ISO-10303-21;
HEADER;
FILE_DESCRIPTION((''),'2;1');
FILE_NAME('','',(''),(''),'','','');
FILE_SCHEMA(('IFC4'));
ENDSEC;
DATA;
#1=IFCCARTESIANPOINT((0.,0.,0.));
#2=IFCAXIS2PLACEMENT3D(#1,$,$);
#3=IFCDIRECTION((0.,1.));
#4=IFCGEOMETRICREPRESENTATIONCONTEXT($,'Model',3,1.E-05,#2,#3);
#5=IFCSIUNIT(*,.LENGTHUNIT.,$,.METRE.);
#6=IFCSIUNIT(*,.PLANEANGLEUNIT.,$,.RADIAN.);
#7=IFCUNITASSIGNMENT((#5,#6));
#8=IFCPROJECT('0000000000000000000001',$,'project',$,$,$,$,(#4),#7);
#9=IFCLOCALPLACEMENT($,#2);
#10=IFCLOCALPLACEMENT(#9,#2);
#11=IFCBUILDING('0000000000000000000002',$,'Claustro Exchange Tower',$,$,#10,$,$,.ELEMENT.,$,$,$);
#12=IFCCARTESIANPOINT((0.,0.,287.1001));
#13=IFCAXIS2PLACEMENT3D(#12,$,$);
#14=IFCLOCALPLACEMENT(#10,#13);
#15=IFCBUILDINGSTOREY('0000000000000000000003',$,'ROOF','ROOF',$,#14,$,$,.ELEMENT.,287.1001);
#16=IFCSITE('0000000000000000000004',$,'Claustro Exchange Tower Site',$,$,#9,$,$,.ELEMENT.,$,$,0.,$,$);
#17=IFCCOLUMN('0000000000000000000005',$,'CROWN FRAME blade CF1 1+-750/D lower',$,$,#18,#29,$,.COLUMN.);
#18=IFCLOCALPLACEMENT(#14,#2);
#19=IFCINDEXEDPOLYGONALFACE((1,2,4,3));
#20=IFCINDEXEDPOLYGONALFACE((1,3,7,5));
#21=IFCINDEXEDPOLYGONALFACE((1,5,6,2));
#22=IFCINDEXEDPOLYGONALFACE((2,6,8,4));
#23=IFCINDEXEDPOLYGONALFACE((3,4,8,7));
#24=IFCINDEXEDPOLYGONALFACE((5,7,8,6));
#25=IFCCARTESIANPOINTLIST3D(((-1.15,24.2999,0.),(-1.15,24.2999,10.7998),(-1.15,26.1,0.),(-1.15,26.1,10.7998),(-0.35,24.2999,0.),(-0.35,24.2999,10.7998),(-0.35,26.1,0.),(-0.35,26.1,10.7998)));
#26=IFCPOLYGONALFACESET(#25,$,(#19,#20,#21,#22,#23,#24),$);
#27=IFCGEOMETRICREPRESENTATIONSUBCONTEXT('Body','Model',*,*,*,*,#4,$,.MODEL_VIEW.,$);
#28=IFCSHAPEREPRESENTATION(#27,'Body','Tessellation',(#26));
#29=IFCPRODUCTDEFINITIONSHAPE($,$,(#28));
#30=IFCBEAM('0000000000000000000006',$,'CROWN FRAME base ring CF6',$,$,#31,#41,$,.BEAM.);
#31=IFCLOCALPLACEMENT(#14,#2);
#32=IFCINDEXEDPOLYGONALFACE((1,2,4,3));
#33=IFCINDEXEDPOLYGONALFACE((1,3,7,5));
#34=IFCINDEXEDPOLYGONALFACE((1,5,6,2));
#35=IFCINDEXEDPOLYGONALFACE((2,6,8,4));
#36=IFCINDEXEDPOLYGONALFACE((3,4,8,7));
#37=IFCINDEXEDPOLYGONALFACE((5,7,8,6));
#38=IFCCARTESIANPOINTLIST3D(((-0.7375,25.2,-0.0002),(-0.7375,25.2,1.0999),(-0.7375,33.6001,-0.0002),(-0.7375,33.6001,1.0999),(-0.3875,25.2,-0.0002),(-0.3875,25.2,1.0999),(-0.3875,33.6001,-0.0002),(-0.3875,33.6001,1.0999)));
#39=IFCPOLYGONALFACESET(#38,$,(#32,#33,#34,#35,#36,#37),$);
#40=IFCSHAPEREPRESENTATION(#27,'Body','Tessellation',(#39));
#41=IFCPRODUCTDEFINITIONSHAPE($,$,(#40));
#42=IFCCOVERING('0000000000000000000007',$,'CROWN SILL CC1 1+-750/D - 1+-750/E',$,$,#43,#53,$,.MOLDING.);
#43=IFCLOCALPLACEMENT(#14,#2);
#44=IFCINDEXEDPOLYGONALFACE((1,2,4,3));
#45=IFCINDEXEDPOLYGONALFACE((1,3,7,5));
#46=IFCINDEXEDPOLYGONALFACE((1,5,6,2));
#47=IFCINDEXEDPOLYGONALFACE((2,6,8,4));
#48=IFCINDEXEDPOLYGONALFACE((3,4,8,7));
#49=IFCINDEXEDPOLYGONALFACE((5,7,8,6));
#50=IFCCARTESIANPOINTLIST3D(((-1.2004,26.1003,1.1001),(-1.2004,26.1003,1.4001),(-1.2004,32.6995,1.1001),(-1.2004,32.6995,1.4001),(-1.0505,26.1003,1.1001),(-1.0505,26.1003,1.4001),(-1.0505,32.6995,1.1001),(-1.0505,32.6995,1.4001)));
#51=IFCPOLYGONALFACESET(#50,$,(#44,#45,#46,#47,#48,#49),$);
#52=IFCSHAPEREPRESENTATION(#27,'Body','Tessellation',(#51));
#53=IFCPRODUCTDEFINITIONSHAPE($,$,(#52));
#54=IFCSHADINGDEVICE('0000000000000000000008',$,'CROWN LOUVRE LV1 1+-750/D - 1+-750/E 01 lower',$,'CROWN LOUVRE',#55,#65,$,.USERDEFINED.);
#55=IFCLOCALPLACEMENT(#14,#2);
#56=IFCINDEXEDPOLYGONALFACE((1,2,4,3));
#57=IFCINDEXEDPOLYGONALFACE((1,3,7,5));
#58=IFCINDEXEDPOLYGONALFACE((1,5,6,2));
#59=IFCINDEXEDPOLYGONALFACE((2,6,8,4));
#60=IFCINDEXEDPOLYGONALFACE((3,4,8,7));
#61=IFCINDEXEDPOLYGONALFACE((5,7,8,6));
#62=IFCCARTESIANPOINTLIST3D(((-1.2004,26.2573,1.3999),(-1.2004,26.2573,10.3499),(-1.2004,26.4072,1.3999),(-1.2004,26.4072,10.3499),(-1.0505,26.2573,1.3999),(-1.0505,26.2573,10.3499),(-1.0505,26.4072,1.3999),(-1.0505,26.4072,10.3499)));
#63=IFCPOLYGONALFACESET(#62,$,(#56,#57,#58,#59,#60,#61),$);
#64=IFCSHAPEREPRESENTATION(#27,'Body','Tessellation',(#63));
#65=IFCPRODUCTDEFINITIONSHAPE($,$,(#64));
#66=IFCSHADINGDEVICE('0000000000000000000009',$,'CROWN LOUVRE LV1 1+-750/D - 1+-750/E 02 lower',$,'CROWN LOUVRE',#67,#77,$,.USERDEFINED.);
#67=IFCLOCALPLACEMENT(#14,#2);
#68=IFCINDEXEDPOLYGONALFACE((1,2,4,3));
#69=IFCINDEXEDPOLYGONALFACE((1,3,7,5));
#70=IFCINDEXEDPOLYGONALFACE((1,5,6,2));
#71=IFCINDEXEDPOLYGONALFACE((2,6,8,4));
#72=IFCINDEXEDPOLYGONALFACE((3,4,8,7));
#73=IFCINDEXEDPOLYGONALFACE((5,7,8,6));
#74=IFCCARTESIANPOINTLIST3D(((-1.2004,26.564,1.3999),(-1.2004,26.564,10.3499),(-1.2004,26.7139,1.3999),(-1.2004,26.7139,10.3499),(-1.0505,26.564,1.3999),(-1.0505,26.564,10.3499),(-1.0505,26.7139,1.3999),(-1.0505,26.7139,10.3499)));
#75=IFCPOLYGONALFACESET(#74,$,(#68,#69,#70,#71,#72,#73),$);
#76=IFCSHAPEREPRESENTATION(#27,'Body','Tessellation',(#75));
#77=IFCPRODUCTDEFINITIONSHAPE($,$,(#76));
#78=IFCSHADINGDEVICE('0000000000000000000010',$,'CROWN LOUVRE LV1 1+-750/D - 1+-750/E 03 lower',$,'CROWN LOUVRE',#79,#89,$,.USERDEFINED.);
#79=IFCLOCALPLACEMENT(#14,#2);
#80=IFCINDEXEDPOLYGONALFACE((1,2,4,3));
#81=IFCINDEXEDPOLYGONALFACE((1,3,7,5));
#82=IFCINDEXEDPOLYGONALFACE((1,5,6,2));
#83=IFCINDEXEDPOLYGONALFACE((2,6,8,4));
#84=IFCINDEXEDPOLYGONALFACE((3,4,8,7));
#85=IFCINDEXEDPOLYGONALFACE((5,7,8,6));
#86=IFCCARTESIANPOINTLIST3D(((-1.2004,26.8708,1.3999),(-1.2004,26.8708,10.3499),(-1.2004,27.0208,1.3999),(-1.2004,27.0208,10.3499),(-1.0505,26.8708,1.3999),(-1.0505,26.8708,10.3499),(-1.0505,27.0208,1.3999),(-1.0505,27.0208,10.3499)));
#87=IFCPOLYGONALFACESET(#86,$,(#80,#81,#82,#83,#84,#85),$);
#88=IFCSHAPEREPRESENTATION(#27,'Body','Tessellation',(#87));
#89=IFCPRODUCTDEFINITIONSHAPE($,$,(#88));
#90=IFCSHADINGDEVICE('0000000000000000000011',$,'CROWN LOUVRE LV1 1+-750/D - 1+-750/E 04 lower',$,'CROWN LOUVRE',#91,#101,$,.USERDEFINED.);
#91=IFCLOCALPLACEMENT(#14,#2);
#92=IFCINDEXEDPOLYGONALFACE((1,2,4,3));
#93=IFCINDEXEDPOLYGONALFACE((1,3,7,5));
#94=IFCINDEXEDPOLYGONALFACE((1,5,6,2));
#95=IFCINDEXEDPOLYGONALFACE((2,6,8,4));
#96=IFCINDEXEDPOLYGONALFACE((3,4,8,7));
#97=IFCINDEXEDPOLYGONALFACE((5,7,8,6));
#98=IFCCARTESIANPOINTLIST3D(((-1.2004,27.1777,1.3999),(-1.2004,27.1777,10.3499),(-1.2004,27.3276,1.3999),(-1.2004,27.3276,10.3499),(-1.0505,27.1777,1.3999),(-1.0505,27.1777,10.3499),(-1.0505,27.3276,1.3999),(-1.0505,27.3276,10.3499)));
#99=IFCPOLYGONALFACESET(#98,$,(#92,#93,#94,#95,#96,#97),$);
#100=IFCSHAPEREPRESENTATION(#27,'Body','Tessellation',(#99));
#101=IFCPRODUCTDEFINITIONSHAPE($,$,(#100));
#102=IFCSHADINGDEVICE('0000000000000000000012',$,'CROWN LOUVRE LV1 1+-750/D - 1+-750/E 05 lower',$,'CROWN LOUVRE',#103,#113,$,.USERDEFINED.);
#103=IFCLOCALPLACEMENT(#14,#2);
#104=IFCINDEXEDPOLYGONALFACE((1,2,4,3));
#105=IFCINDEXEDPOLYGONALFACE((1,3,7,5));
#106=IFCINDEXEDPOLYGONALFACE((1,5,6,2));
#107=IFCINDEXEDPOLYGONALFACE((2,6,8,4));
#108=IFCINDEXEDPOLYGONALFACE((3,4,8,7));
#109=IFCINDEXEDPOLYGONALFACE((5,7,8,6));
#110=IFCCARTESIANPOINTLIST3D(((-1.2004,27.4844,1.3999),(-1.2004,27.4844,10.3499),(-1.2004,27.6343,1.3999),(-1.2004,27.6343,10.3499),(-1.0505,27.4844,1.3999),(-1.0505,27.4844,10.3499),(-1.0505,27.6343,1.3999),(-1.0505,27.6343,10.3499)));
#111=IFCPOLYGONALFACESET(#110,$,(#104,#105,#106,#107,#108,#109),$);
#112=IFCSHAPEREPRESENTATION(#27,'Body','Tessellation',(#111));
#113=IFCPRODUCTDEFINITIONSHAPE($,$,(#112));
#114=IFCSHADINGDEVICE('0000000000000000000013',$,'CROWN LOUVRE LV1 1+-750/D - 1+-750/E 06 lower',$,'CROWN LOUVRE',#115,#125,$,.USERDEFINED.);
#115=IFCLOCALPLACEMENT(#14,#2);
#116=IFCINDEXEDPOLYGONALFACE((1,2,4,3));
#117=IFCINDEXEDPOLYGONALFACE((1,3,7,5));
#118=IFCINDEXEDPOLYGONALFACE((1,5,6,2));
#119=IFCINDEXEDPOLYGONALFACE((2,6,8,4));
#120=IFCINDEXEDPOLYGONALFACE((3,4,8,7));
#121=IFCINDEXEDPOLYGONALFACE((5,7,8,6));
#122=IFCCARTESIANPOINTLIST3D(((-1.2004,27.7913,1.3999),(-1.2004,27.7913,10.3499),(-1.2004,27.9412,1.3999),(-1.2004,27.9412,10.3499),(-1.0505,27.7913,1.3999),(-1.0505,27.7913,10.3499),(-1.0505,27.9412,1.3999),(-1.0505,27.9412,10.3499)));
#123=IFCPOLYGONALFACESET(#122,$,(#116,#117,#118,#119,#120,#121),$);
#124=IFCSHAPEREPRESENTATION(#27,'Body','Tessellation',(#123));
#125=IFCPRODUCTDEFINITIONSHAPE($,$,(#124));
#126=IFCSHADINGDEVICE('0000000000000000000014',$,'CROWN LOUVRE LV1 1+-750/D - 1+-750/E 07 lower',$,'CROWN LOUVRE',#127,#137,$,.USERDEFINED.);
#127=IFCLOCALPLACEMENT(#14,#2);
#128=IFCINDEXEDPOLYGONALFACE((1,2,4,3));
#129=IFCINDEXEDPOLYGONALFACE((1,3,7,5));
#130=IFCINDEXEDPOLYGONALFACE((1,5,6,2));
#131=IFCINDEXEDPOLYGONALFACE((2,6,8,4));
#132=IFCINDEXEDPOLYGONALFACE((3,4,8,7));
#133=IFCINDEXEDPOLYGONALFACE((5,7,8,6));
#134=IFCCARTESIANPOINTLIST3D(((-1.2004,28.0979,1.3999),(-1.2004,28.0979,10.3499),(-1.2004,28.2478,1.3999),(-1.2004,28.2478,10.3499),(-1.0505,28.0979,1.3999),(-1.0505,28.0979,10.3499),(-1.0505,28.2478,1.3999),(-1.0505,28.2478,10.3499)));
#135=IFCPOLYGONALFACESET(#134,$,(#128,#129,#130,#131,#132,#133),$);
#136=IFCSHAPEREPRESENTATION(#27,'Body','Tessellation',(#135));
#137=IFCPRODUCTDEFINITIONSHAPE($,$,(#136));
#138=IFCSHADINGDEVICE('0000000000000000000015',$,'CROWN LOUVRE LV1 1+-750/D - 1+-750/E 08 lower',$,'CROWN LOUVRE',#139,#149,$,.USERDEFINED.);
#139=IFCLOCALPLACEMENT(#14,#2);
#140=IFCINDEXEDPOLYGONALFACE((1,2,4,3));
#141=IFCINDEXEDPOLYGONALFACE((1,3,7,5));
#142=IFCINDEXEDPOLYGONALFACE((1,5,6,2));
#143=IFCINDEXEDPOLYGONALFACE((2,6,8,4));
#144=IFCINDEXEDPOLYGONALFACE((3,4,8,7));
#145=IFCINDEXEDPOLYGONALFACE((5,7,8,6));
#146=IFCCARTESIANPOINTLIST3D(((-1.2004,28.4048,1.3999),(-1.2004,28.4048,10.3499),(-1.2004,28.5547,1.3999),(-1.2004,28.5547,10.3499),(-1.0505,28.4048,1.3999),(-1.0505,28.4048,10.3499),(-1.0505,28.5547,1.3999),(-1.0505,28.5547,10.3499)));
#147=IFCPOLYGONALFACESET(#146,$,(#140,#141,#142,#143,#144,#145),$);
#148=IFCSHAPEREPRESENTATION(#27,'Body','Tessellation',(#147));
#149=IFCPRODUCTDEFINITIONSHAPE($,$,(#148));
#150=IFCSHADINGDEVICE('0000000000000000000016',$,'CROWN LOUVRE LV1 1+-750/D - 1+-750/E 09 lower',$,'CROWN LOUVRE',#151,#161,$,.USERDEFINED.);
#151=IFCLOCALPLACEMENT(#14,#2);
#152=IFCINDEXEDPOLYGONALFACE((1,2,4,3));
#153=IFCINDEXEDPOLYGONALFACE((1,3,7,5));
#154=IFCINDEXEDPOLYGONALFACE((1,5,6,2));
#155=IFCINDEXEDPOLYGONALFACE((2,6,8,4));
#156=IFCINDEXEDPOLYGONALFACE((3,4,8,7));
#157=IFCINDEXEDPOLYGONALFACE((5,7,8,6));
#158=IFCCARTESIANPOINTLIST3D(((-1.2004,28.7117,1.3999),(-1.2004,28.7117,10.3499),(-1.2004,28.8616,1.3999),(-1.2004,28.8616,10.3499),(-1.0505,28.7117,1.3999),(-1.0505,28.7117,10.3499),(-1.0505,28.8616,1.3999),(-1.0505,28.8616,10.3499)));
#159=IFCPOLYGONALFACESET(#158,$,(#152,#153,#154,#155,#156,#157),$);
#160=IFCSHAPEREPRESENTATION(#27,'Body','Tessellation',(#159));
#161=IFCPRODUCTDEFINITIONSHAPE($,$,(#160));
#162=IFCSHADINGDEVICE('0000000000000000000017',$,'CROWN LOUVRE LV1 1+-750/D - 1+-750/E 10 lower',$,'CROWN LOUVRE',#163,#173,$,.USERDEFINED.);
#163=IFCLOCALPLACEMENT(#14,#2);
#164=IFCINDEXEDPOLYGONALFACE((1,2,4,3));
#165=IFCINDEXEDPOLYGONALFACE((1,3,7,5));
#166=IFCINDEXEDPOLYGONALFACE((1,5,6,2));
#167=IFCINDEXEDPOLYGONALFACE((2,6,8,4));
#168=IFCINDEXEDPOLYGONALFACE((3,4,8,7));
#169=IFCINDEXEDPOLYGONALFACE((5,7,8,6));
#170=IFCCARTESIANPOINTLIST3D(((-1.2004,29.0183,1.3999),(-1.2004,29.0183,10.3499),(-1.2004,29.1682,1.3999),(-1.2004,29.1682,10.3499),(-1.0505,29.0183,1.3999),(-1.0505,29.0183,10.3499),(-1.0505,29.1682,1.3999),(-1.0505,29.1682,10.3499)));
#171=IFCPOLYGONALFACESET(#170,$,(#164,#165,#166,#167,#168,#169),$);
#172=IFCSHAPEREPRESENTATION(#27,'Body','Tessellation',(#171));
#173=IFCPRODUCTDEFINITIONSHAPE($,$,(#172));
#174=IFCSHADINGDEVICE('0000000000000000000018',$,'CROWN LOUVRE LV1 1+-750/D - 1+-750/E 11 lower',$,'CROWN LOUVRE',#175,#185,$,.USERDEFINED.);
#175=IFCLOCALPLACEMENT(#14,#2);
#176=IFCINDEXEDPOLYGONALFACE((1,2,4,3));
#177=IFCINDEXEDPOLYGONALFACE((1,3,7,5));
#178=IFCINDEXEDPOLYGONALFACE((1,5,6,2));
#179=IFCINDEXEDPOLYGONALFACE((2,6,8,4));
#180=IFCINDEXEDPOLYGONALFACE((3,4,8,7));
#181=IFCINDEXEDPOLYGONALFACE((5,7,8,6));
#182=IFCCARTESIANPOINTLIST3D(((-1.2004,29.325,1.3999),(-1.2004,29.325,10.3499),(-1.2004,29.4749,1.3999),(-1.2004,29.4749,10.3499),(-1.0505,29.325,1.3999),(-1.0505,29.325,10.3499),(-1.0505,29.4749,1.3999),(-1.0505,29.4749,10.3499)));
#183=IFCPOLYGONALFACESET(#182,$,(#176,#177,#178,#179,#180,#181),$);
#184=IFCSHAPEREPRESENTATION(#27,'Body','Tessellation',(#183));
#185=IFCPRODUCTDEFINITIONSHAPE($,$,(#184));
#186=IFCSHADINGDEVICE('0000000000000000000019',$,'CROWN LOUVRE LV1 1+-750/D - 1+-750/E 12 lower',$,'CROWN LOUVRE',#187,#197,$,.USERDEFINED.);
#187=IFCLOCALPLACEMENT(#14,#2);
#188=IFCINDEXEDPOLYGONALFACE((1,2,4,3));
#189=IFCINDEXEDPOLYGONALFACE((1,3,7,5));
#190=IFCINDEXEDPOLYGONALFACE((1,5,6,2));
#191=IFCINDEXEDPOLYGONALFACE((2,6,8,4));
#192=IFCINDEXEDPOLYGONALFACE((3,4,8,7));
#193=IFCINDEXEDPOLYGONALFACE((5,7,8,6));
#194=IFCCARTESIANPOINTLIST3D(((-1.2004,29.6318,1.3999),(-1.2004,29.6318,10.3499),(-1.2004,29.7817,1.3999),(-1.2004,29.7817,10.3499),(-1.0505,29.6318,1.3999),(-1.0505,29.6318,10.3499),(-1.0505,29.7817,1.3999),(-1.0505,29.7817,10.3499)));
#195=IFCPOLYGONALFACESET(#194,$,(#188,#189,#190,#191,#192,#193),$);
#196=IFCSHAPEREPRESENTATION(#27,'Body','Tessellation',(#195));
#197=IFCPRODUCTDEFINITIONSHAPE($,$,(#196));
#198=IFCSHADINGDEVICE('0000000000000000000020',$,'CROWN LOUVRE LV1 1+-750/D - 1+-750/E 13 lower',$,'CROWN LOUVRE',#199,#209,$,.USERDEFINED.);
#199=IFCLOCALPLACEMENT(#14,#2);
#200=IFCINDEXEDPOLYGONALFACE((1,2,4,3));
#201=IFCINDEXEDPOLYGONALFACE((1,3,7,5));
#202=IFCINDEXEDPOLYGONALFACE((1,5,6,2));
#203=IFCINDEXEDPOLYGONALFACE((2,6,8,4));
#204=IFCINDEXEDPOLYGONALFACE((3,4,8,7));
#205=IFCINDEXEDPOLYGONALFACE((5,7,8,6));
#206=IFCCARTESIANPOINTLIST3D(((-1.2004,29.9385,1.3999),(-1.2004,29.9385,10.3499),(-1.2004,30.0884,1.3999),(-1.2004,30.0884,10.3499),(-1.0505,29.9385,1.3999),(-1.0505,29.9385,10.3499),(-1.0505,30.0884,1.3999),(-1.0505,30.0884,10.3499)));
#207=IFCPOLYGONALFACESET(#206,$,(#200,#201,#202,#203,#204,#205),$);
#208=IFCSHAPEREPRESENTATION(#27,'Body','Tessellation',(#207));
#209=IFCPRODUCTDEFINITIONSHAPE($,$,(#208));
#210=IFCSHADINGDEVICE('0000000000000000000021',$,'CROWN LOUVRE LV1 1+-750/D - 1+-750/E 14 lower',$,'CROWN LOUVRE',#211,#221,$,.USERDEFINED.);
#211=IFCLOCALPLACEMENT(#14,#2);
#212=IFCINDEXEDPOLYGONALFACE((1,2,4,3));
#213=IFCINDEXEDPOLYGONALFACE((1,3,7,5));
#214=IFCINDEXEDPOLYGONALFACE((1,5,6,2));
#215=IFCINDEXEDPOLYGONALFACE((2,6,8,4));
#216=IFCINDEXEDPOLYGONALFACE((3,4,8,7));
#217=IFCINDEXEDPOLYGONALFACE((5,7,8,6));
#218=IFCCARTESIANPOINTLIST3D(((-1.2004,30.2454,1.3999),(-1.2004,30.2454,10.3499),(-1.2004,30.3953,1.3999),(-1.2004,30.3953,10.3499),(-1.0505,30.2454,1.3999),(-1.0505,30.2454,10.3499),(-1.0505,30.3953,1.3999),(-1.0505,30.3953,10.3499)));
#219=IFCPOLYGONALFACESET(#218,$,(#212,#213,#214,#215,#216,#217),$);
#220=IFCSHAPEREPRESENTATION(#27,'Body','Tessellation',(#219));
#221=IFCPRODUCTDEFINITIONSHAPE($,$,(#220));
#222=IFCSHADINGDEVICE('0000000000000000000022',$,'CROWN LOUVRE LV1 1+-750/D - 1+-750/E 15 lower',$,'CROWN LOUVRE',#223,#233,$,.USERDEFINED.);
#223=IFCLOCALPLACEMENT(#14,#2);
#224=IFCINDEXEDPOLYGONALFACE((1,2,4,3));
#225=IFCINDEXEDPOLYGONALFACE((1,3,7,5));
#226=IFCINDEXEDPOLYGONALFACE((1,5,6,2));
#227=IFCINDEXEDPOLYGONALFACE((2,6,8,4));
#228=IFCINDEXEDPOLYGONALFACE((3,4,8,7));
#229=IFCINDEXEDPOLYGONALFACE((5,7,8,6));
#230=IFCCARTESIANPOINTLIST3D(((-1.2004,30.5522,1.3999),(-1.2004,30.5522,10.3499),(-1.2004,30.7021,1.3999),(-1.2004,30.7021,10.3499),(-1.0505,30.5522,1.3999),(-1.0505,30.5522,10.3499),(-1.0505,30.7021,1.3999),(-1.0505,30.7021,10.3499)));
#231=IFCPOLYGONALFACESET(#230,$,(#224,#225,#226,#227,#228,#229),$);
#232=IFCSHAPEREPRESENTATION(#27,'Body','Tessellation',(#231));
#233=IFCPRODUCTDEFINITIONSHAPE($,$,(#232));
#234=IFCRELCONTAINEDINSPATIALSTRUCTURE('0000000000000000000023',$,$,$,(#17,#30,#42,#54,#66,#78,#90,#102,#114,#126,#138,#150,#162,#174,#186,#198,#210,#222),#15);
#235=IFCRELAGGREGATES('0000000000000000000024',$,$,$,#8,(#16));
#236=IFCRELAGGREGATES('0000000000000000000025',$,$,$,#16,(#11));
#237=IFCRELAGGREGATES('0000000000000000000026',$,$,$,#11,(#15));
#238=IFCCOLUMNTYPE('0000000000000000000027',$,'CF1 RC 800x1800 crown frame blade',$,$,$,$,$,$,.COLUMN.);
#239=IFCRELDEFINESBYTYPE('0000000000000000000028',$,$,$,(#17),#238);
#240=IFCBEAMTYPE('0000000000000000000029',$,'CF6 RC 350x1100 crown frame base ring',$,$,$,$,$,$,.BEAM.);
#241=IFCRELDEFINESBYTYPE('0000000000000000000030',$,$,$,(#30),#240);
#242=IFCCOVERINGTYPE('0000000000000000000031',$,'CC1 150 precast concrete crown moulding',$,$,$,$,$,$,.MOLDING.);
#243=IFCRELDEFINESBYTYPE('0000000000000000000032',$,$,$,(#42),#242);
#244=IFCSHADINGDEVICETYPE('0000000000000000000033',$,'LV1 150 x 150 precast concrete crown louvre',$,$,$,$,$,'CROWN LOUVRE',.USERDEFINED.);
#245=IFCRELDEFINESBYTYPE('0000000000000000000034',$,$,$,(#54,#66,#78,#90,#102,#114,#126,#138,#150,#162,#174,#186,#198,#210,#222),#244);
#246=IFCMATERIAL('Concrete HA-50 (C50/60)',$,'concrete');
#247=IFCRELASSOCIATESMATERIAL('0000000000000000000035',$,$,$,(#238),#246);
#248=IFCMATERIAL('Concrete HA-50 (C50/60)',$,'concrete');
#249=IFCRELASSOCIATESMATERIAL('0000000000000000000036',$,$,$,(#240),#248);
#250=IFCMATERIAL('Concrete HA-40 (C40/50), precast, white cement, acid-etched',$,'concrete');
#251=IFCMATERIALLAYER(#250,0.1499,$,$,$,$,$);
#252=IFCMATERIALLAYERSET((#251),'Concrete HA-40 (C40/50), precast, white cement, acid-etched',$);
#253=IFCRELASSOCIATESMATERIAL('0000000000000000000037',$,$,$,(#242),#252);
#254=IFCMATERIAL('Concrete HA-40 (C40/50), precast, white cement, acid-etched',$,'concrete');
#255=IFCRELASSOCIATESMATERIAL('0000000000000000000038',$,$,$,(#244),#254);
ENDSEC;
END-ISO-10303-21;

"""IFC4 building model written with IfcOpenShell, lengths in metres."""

from ifc_helpers import new_model, si_unit, direction, frame, origin, origin_2d, place, context, subcontext, project, spatial, rectangle, extrude, material, layer, layer_set, material_profile, profile_set, type_object, element, save


model = new_model("IFC4")

# Units and contexts
model_context = context("Model", 3, precision=1e-05, world=origin(), true_north=direction((0.0, 1.0)))
body_context = subcontext(model_context, "Body", "Model", "MODEL_VIEW")
ifc_project = project(units=[si_unit("LENGTHUNIT", "METRE"), si_unit("PLANEANGLEUNIT", "RADIAN")], contexts=[model_context])

# Site, building, storey
site_placement = place(None, origin())
site = spatial("IfcSite", under=ifc_project, at=site_placement, Name="Claustro Exchange Tower Site", CompositionType="ELEMENT", RefElevation=0.0)
building_placement = place(site_placement, origin())
building = spatial("IfcBuilding", under=site, at=building_placement, Name="Claustro Exchange Tower", CompositionType="ELEMENT")
storey_placement = place(building_placement, frame((0.0, 0.0, 287.1001)))
storey = spatial("IfcBuildingStorey", under=building, at=storey_placement, Name="ROOF", Description="ROOF", CompositionType="ELEMENT", Elevation=287.1001)

# Column
ifc_material_1 = material(Name="Concrete HA-50 (C50/60)", Category="concrete")
ifc_material_profile_1 = material_profile(ifc_material_1, rectangle(XDim=0.8, YDim=1.8, at=origin_2d()), Name="RC 800x1800")
ifc_profile_set_1 = profile_set([ifc_material_profile_1], Name="Concrete HA-50 (C50/60)")
column_type = type_object("IfcColumnType", Name="CF1 RC 800x1800 crown frame blade", PredefinedType="COLUMN", material=ifc_profile_set_1)
column_placement = place(storey_placement, frame((-0.75, 25.2, 0.0), z_axis=(0.0, 0.0, 1.0), x_axis=(1.0, 0.0, 0.0)))
element("IfcColumn", 1, at=column_placement, inside=storey, type_object=column_type, Name="CROWN FRAME blade CF1 1+-750/D lower", PredefinedType="COLUMN", context=body_context, shape_type="SweptSolid", body=[
    extrude(rectangle(XDim=0.8, YDim=1.8, at=origin_2d()), origin(), (0.0, 0.0, 1.0), 10.7998),
])

# Beam
ifc_material_2 = material(Name="Concrete HA-50 (C50/60)", Category="concrete")
ifc_material_profile_2 = material_profile(ifc_material_2, rectangle(XDim=0.3501, YDim=1.1001, at=origin_2d()), Name="RC 350x1100")
ifc_profile_set_2 = profile_set([ifc_material_profile_2], Name="Concrete HA-50 (C50/60)")
beam_type = type_object("IfcBeamType", Name="CF6 RC 350x1100 crown frame base ring", PredefinedType="BEAM", material=ifc_profile_set_2)
beam_placement = place(storey_placement, frame((-0.5625, 25.2, 0.5498), z_axis=(0.0, 1.0, 0.0), x_axis=(-1.0, 0.0, 0.0)))
element("IfcBeam", 2, at=beam_placement, inside=storey, type_object=beam_type, Name="CROWN FRAME base ring CF6", PredefinedType="BEAM", context=body_context, shape_type="SweptSolid", body=[
    extrude(rectangle(XDim=0.3501, YDim=1.1001, at=origin_2d()), origin(), (0.0, 0.0, 1.0), 8.4001),
])

# Covering
ifc_material_3 = material(Name="Concrete HA-40 (C40/50), precast, white cement, acid-etched", Category="concrete")
ifc_layer_1 = layer(ifc_material_3, 0.1499)
ifc_layer_set_1 = layer_set([ifc_layer_1], Name="Concrete HA-40 (C40/50), precast, white cement, acid-etched")
covering_type = type_object("IfcCoveringType", Name="CC1 150 precast concrete crown moulding", PredefinedType="MOLDING", material=ifc_layer_set_1)
covering_placement = place(storey_placement, frame((-1.1255, 29.3999, 1.1001), z_axis=(0.0, 0.0, 1.0), x_axis=(0.0, 1.0, 0.0)))
element("IfcCovering", 3, at=covering_placement, inside=storey, type_object=covering_type, Name="CROWN SILL CC1 1+-750/D - 1+-750/E", PredefinedType="MOLDING", context=body_context, shape_type="SweptSolid", body=[
    extrude(rectangle(XDim=6.5991, YDim=0.1499, at=origin_2d()), origin(), (0.0, 0.0, 1.0), 0.3),
])

# Shading devices
ifc_material_4 = material(Name="Concrete HA-40 (C40/50), precast, white cement, acid-etched", Category="concrete")
shading_device_type = type_object("IfcShadingDeviceType", Name="LV1 150 x 150 precast concrete crown louvre", ElementType="CROWN LOUVRE", PredefinedType="USERDEFINED", material=ifc_material_4)
for number, where, z_axis, x_axis, name in (
    (4, (-1.1255, 26.3323, 1.3999), (0.0, 0.0, 1.0), (0.0, 1.0, 0.0), "CROWN LOUVRE LV1 1+-750/D - 1+-750/E 01 lower"),
    (5, (-1.1255, 26.6389, 1.3999), (0.0, 0.0, 1.0), (0.0, 1.0, 0.0), "CROWN LOUVRE LV1 1+-750/D - 1+-750/E 02 lower"),
    (6, (-1.1255, 26.9458, 1.3999), (0.0, 0.0, 1.0), (0.0, 1.0, 0.0), "CROWN LOUVRE LV1 1+-750/D - 1+-750/E 03 lower"),
    (7, (-1.1255, 27.2527, 1.3999), (0.0, 0.0, 1.0), (0.0, 1.0, 0.0), "CROWN LOUVRE LV1 1+-750/D - 1+-750/E 04 lower"),
    (8, (-1.1255, 27.5593, 1.3999), (0.0, 0.0, 1.0), (0.0, 1.0, 0.0), "CROWN LOUVRE LV1 1+-750/D - 1+-750/E 05 lower"),
    (9, (-1.1255, 27.8662, 1.3999), (0.0, 0.0, 1.0), (0.0, 1.0, 0.0), "CROWN LOUVRE LV1 1+-750/D - 1+-750/E 06 lower"),
    (10, (-1.1255, 28.1729, 1.3999), (0.0, 0.0, 1.0), (0.0, 1.0, 0.0), "CROWN LOUVRE LV1 1+-750/D - 1+-750/E 07 lower"),
    (11, (-1.1255, 28.4797, 1.3999), (0.0, 0.0, 1.0), (0.0, 1.0, 0.0), "CROWN LOUVRE LV1 1+-750/D - 1+-750/E 08 lower"),
    (12, (-1.1255, 28.7866, 1.3999), (0.0, 0.0, 1.0), (0.0, 1.0, 0.0), "CROWN LOUVRE LV1 1+-750/D - 1+-750/E 09 lower"),
    (13, (-1.1255, 29.0933, 1.3999), (0.0, 0.0, 1.0), (0.0, 1.0, 0.0), "CROWN LOUVRE LV1 1+-750/D - 1+-750/E 10 lower"),
    (14, (-1.1255, 29.3999, 1.3999), (0.0, 0.0, 1.0), (0.0, 1.0, 0.0), "CROWN LOUVRE LV1 1+-750/D - 1+-750/E 11 lower"),
    (15, (-1.1255, 29.7068, 1.3999), (0.0, 0.0, 1.0), (0.0, 1.0, 0.0), "CROWN LOUVRE LV1 1+-750/D - 1+-750/E 12 lower"),
    (16, (-1.1255, 30.0134, 1.3999), (0.0, 0.0, 1.0), (0.0, 1.0, 0.0), "CROWN LOUVRE LV1 1+-750/D - 1+-750/E 13 lower"),
    (17, (-1.1255, 30.3203, 1.3999), (0.0, 0.0, 1.0), (0.0, 1.0, 0.0), "CROWN LOUVRE LV1 1+-750/D - 1+-750/E 14 lower"),
    (18, (-1.1255, 30.6272, 1.3999), (0.0, 0.0, 1.0), (0.0, 1.0, 0.0), "CROWN LOUVRE LV1 1+-750/D - 1+-750/E 15 lower"),
):
    element("IfcShadingDevice", number, at=place(storey_placement, frame(where, z_axis=z_axis, x_axis=x_axis)), inside=storey, type_object=shading_device_type, Name=name, ObjectType="CROWN LOUVRE", PredefinedType="USERDEFINED", context=body_context, shape_type="SweptSolid", body=[
        extrude(rectangle(XDim=0.1499, YDim=0.1499, at=origin_2d()), origin(), (0.0, 0.0, 1.0), 8.95),
    ])

save(model, "model.ifc")
